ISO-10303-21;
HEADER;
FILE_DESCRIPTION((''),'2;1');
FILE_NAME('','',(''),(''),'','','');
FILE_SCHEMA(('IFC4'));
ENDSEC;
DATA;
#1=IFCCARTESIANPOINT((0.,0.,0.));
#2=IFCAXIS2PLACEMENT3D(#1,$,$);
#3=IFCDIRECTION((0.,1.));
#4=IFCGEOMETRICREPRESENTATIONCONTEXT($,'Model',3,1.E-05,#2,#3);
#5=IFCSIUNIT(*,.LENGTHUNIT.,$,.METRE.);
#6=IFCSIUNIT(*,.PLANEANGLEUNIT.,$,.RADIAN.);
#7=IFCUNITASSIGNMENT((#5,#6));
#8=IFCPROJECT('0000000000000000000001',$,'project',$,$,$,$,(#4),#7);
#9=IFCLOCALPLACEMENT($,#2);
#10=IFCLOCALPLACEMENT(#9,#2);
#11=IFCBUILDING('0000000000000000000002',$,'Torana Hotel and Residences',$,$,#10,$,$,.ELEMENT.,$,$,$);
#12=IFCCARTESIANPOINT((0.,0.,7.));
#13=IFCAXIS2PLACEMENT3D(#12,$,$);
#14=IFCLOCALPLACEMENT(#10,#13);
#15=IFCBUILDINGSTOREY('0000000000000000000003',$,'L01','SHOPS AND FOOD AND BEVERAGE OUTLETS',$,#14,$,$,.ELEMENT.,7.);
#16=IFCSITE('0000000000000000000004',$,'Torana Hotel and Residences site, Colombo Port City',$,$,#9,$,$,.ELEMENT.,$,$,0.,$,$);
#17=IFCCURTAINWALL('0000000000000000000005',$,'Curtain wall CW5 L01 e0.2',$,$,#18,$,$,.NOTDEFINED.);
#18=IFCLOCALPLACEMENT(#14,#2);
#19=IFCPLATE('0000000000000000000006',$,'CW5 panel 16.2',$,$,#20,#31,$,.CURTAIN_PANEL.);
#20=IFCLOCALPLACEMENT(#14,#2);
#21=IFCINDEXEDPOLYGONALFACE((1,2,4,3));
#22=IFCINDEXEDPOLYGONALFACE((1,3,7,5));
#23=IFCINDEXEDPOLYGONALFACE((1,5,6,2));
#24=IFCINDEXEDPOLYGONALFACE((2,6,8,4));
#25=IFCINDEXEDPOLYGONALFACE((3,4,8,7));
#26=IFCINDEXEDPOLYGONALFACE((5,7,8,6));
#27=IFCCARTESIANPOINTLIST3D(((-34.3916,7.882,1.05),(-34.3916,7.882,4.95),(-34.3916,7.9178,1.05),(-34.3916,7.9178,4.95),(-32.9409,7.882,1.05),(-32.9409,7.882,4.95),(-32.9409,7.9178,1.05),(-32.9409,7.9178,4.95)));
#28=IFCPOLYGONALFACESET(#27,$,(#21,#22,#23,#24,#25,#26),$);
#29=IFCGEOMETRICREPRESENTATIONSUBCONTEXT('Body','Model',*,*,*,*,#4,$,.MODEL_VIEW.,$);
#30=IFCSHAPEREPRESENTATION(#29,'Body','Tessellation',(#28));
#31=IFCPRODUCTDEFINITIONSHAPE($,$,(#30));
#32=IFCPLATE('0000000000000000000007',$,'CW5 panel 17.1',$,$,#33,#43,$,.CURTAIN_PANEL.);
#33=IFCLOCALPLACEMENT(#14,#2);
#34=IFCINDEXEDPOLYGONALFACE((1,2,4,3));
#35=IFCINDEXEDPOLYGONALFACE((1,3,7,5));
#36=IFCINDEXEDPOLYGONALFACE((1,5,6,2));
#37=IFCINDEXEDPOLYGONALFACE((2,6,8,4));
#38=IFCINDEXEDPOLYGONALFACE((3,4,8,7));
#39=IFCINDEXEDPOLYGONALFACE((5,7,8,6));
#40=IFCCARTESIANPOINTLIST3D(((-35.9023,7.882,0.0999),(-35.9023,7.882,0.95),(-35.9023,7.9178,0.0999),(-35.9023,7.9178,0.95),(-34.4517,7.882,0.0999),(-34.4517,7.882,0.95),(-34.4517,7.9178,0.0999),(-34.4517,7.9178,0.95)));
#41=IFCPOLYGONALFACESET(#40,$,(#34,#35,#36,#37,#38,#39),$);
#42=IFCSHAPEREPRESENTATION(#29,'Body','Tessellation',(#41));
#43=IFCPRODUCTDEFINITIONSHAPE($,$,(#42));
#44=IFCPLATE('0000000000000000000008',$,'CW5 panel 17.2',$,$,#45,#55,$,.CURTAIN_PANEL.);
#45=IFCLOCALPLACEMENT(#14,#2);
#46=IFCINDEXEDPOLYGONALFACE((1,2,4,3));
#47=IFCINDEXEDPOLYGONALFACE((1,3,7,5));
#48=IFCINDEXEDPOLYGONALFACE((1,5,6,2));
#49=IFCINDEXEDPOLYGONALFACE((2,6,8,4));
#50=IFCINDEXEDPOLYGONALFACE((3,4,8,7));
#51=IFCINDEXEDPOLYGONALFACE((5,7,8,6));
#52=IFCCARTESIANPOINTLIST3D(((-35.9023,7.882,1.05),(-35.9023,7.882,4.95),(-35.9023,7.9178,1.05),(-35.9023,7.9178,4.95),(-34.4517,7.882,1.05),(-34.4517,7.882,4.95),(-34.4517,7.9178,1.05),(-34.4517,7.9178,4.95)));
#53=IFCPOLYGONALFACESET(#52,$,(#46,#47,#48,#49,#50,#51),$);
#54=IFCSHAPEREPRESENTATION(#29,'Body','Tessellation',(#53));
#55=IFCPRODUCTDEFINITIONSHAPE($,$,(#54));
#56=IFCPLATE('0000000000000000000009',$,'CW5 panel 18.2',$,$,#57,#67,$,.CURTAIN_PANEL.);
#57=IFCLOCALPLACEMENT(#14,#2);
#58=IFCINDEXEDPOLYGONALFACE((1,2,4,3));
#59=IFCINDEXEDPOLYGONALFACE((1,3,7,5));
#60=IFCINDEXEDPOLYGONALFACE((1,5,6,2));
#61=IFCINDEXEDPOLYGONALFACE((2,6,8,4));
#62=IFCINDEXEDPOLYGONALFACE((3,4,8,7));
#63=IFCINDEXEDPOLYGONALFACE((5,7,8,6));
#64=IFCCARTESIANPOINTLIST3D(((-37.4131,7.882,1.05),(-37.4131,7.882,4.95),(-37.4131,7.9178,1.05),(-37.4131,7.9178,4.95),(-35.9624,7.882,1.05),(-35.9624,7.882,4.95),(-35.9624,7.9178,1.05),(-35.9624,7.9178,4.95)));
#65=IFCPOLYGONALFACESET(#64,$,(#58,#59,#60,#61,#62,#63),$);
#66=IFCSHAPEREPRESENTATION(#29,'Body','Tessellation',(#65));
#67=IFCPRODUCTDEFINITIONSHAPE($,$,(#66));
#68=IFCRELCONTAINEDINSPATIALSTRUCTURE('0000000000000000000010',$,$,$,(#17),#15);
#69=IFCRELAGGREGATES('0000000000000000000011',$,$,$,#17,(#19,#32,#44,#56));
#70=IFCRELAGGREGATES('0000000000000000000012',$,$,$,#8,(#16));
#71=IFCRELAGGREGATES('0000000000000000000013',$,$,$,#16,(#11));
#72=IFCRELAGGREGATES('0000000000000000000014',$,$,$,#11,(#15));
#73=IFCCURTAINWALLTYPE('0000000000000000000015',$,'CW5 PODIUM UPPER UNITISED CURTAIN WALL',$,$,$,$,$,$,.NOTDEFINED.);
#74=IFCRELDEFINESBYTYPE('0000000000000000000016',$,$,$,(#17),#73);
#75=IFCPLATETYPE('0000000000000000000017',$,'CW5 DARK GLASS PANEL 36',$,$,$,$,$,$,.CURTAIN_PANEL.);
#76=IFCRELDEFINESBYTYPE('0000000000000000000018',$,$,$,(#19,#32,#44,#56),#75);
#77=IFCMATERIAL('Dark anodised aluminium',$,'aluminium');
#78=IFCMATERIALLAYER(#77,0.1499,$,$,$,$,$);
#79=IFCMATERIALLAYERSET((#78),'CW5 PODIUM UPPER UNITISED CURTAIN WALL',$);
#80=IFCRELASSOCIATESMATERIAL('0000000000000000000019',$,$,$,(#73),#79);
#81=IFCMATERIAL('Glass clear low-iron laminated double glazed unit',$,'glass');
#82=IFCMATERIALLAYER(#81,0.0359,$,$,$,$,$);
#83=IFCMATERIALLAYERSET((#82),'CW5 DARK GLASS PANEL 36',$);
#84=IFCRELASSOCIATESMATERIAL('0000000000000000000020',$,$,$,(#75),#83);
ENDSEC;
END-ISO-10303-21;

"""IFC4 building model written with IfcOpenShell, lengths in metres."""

from ifc_helpers import new_model, si_unit, direction, frame, origin, origin_2d, place, context, subcontext, project, spatial, rectangle, extrude, material, layer, layer_set, type_object, element, aggregate, save


model = new_model("IFC4")

# Units and contexts
model_context = context("Model", 3, precision=1e-05, world=origin(), true_north=direction((0.0, 1.0)))
body_context = subcontext(model_context, "Body", "Model", "MODEL_VIEW")
ifc_project = project(units=[si_unit("LENGTHUNIT", "METRE"), si_unit("PLANEANGLEUNIT", "RADIAN")], contexts=[model_context])

# Site, building, storey
site_placement = place(None, origin())
site = spatial("IfcSite", under=ifc_project, at=site_placement, Name="Torana Hotel and Residences site, Colombo Port City", CompositionType="ELEMENT", RefElevation=0.0)
building_placement = place(site_placement, origin())
building = spatial("IfcBuilding", under=site, at=building_placement, Name="Torana Hotel and Residences", CompositionType="ELEMENT")
storey_placement = place(building_placement, frame((0.0, 0.0, 7.0)))
storey = spatial("IfcBuildingStorey", under=building, at=storey_placement, Name="L01", Description="SHOPS AND FOOD AND BEVERAGE OUTLETS", CompositionType="ELEMENT", Elevation=7.0)

# Curtain wall, plates
ifc_material_1 = material(Name="Dark anodised aluminium", Category="aluminium")
ifc_layer_1 = layer(ifc_material_1, 0.1499)
ifc_layer_set_1 = layer_set([ifc_layer_1], Name="CW5 PODIUM UPPER UNITISED CURTAIN WALL")
curtain_wall_type = type_object("IfcCurtainWallType", Name="CW5 PODIUM UPPER UNITISED CURTAIN WALL", PredefinedType="NOTDEFINED", material=ifc_layer_set_1)
curtain_wall_placement = place(storey_placement, origin())
curtain_wall = element("IfcCurtainWall", 1, at=curtain_wall_placement, inside=storey, type_object=curtain_wall_type, Name="Curtain wall CW5 L01 e0.2", PredefinedType="NOTDEFINED")
ifc_material_2 = material(Name="Glass clear low-iron laminated double glazed unit", Category="glass")
ifc_layer_2 = layer(ifc_material_2, 0.0359)
ifc_layer_set_2 = layer_set([ifc_layer_2], Name="CW5 DARK GLASS PANEL 36")
plate_type = type_object("IfcPlateType", Name="CW5 DARK GLASS PANEL 36", PredefinedType="CURTAIN_PANEL", material=ifc_layer_set_2)
plate_1_placement = place(storey_placement, frame((-33.6663, 7.8999, 1.05), z_axis=(0.0, 0.0, 1.0), x_axis=(-1.0, 0.0, 0.0)))
plate_1 = element("IfcPlate", 2, at=plate_1_placement, type_object=plate_type, Name="CW5 panel 16.2", PredefinedType="CURTAIN_PANEL", context=body_context, shape_type="SweptSolid", body=[
    extrude(rectangle(XDim=1.4507, YDim=0.0359, at=origin_2d()), origin(), (0.0, 0.0, 1.0), 3.8999),
])
plate_2_placement = place(storey_placement, frame((-35.177, 7.8999, 0.0999), z_axis=(0.0, 0.0, 1.0), x_axis=(-1.0, 0.0, 0.0)))
plate_2 = element("IfcPlate", 3, at=plate_2_placement, type_object=plate_type, Name="CW5 panel 17.1", PredefinedType="CURTAIN_PANEL", context=body_context, shape_type="SweptSolid", body=[
    extrude(rectangle(XDim=1.4507, YDim=0.0359, at=origin_2d()), origin(), (0.0, 0.0, 1.0), 0.8501),
])
plate_3_placement = place(storey_placement, frame((-35.177, 7.8999, 1.05), z_axis=(0.0, 0.0, 1.0), x_axis=(-1.0, 0.0, 0.0)))
plate_3 = element("IfcPlate", 4, at=plate_3_placement, type_object=plate_type, Name="CW5 panel 17.2", PredefinedType="CURTAIN_PANEL", context=body_context, shape_type="SweptSolid", body=[
    extrude(rectangle(XDim=1.4507, YDim=0.0359, at=origin_2d()), origin(), (0.0, 0.0, 1.0), 3.8999),
])
plate_4_placement = place(storey_placement, frame((-36.6877, 7.8999, 1.05), z_axis=(0.0, 0.0, 1.0), x_axis=(-1.0, 0.0, 0.0)))
plate_4 = element("IfcPlate", 5, at=plate_4_placement, type_object=plate_type, Name="CW5 panel 18.2", PredefinedType="CURTAIN_PANEL", context=body_context, shape_type="SweptSolid", body=[
    extrude(rectangle(XDim=1.4507, YDim=0.0359, at=origin_2d()), origin(), (0.0, 0.0, 1.0), 3.8999),
])
aggregate(curtain_wall, [plate_1, plate_2, plate_3, plate_4])

save(model, "model.ifc")
